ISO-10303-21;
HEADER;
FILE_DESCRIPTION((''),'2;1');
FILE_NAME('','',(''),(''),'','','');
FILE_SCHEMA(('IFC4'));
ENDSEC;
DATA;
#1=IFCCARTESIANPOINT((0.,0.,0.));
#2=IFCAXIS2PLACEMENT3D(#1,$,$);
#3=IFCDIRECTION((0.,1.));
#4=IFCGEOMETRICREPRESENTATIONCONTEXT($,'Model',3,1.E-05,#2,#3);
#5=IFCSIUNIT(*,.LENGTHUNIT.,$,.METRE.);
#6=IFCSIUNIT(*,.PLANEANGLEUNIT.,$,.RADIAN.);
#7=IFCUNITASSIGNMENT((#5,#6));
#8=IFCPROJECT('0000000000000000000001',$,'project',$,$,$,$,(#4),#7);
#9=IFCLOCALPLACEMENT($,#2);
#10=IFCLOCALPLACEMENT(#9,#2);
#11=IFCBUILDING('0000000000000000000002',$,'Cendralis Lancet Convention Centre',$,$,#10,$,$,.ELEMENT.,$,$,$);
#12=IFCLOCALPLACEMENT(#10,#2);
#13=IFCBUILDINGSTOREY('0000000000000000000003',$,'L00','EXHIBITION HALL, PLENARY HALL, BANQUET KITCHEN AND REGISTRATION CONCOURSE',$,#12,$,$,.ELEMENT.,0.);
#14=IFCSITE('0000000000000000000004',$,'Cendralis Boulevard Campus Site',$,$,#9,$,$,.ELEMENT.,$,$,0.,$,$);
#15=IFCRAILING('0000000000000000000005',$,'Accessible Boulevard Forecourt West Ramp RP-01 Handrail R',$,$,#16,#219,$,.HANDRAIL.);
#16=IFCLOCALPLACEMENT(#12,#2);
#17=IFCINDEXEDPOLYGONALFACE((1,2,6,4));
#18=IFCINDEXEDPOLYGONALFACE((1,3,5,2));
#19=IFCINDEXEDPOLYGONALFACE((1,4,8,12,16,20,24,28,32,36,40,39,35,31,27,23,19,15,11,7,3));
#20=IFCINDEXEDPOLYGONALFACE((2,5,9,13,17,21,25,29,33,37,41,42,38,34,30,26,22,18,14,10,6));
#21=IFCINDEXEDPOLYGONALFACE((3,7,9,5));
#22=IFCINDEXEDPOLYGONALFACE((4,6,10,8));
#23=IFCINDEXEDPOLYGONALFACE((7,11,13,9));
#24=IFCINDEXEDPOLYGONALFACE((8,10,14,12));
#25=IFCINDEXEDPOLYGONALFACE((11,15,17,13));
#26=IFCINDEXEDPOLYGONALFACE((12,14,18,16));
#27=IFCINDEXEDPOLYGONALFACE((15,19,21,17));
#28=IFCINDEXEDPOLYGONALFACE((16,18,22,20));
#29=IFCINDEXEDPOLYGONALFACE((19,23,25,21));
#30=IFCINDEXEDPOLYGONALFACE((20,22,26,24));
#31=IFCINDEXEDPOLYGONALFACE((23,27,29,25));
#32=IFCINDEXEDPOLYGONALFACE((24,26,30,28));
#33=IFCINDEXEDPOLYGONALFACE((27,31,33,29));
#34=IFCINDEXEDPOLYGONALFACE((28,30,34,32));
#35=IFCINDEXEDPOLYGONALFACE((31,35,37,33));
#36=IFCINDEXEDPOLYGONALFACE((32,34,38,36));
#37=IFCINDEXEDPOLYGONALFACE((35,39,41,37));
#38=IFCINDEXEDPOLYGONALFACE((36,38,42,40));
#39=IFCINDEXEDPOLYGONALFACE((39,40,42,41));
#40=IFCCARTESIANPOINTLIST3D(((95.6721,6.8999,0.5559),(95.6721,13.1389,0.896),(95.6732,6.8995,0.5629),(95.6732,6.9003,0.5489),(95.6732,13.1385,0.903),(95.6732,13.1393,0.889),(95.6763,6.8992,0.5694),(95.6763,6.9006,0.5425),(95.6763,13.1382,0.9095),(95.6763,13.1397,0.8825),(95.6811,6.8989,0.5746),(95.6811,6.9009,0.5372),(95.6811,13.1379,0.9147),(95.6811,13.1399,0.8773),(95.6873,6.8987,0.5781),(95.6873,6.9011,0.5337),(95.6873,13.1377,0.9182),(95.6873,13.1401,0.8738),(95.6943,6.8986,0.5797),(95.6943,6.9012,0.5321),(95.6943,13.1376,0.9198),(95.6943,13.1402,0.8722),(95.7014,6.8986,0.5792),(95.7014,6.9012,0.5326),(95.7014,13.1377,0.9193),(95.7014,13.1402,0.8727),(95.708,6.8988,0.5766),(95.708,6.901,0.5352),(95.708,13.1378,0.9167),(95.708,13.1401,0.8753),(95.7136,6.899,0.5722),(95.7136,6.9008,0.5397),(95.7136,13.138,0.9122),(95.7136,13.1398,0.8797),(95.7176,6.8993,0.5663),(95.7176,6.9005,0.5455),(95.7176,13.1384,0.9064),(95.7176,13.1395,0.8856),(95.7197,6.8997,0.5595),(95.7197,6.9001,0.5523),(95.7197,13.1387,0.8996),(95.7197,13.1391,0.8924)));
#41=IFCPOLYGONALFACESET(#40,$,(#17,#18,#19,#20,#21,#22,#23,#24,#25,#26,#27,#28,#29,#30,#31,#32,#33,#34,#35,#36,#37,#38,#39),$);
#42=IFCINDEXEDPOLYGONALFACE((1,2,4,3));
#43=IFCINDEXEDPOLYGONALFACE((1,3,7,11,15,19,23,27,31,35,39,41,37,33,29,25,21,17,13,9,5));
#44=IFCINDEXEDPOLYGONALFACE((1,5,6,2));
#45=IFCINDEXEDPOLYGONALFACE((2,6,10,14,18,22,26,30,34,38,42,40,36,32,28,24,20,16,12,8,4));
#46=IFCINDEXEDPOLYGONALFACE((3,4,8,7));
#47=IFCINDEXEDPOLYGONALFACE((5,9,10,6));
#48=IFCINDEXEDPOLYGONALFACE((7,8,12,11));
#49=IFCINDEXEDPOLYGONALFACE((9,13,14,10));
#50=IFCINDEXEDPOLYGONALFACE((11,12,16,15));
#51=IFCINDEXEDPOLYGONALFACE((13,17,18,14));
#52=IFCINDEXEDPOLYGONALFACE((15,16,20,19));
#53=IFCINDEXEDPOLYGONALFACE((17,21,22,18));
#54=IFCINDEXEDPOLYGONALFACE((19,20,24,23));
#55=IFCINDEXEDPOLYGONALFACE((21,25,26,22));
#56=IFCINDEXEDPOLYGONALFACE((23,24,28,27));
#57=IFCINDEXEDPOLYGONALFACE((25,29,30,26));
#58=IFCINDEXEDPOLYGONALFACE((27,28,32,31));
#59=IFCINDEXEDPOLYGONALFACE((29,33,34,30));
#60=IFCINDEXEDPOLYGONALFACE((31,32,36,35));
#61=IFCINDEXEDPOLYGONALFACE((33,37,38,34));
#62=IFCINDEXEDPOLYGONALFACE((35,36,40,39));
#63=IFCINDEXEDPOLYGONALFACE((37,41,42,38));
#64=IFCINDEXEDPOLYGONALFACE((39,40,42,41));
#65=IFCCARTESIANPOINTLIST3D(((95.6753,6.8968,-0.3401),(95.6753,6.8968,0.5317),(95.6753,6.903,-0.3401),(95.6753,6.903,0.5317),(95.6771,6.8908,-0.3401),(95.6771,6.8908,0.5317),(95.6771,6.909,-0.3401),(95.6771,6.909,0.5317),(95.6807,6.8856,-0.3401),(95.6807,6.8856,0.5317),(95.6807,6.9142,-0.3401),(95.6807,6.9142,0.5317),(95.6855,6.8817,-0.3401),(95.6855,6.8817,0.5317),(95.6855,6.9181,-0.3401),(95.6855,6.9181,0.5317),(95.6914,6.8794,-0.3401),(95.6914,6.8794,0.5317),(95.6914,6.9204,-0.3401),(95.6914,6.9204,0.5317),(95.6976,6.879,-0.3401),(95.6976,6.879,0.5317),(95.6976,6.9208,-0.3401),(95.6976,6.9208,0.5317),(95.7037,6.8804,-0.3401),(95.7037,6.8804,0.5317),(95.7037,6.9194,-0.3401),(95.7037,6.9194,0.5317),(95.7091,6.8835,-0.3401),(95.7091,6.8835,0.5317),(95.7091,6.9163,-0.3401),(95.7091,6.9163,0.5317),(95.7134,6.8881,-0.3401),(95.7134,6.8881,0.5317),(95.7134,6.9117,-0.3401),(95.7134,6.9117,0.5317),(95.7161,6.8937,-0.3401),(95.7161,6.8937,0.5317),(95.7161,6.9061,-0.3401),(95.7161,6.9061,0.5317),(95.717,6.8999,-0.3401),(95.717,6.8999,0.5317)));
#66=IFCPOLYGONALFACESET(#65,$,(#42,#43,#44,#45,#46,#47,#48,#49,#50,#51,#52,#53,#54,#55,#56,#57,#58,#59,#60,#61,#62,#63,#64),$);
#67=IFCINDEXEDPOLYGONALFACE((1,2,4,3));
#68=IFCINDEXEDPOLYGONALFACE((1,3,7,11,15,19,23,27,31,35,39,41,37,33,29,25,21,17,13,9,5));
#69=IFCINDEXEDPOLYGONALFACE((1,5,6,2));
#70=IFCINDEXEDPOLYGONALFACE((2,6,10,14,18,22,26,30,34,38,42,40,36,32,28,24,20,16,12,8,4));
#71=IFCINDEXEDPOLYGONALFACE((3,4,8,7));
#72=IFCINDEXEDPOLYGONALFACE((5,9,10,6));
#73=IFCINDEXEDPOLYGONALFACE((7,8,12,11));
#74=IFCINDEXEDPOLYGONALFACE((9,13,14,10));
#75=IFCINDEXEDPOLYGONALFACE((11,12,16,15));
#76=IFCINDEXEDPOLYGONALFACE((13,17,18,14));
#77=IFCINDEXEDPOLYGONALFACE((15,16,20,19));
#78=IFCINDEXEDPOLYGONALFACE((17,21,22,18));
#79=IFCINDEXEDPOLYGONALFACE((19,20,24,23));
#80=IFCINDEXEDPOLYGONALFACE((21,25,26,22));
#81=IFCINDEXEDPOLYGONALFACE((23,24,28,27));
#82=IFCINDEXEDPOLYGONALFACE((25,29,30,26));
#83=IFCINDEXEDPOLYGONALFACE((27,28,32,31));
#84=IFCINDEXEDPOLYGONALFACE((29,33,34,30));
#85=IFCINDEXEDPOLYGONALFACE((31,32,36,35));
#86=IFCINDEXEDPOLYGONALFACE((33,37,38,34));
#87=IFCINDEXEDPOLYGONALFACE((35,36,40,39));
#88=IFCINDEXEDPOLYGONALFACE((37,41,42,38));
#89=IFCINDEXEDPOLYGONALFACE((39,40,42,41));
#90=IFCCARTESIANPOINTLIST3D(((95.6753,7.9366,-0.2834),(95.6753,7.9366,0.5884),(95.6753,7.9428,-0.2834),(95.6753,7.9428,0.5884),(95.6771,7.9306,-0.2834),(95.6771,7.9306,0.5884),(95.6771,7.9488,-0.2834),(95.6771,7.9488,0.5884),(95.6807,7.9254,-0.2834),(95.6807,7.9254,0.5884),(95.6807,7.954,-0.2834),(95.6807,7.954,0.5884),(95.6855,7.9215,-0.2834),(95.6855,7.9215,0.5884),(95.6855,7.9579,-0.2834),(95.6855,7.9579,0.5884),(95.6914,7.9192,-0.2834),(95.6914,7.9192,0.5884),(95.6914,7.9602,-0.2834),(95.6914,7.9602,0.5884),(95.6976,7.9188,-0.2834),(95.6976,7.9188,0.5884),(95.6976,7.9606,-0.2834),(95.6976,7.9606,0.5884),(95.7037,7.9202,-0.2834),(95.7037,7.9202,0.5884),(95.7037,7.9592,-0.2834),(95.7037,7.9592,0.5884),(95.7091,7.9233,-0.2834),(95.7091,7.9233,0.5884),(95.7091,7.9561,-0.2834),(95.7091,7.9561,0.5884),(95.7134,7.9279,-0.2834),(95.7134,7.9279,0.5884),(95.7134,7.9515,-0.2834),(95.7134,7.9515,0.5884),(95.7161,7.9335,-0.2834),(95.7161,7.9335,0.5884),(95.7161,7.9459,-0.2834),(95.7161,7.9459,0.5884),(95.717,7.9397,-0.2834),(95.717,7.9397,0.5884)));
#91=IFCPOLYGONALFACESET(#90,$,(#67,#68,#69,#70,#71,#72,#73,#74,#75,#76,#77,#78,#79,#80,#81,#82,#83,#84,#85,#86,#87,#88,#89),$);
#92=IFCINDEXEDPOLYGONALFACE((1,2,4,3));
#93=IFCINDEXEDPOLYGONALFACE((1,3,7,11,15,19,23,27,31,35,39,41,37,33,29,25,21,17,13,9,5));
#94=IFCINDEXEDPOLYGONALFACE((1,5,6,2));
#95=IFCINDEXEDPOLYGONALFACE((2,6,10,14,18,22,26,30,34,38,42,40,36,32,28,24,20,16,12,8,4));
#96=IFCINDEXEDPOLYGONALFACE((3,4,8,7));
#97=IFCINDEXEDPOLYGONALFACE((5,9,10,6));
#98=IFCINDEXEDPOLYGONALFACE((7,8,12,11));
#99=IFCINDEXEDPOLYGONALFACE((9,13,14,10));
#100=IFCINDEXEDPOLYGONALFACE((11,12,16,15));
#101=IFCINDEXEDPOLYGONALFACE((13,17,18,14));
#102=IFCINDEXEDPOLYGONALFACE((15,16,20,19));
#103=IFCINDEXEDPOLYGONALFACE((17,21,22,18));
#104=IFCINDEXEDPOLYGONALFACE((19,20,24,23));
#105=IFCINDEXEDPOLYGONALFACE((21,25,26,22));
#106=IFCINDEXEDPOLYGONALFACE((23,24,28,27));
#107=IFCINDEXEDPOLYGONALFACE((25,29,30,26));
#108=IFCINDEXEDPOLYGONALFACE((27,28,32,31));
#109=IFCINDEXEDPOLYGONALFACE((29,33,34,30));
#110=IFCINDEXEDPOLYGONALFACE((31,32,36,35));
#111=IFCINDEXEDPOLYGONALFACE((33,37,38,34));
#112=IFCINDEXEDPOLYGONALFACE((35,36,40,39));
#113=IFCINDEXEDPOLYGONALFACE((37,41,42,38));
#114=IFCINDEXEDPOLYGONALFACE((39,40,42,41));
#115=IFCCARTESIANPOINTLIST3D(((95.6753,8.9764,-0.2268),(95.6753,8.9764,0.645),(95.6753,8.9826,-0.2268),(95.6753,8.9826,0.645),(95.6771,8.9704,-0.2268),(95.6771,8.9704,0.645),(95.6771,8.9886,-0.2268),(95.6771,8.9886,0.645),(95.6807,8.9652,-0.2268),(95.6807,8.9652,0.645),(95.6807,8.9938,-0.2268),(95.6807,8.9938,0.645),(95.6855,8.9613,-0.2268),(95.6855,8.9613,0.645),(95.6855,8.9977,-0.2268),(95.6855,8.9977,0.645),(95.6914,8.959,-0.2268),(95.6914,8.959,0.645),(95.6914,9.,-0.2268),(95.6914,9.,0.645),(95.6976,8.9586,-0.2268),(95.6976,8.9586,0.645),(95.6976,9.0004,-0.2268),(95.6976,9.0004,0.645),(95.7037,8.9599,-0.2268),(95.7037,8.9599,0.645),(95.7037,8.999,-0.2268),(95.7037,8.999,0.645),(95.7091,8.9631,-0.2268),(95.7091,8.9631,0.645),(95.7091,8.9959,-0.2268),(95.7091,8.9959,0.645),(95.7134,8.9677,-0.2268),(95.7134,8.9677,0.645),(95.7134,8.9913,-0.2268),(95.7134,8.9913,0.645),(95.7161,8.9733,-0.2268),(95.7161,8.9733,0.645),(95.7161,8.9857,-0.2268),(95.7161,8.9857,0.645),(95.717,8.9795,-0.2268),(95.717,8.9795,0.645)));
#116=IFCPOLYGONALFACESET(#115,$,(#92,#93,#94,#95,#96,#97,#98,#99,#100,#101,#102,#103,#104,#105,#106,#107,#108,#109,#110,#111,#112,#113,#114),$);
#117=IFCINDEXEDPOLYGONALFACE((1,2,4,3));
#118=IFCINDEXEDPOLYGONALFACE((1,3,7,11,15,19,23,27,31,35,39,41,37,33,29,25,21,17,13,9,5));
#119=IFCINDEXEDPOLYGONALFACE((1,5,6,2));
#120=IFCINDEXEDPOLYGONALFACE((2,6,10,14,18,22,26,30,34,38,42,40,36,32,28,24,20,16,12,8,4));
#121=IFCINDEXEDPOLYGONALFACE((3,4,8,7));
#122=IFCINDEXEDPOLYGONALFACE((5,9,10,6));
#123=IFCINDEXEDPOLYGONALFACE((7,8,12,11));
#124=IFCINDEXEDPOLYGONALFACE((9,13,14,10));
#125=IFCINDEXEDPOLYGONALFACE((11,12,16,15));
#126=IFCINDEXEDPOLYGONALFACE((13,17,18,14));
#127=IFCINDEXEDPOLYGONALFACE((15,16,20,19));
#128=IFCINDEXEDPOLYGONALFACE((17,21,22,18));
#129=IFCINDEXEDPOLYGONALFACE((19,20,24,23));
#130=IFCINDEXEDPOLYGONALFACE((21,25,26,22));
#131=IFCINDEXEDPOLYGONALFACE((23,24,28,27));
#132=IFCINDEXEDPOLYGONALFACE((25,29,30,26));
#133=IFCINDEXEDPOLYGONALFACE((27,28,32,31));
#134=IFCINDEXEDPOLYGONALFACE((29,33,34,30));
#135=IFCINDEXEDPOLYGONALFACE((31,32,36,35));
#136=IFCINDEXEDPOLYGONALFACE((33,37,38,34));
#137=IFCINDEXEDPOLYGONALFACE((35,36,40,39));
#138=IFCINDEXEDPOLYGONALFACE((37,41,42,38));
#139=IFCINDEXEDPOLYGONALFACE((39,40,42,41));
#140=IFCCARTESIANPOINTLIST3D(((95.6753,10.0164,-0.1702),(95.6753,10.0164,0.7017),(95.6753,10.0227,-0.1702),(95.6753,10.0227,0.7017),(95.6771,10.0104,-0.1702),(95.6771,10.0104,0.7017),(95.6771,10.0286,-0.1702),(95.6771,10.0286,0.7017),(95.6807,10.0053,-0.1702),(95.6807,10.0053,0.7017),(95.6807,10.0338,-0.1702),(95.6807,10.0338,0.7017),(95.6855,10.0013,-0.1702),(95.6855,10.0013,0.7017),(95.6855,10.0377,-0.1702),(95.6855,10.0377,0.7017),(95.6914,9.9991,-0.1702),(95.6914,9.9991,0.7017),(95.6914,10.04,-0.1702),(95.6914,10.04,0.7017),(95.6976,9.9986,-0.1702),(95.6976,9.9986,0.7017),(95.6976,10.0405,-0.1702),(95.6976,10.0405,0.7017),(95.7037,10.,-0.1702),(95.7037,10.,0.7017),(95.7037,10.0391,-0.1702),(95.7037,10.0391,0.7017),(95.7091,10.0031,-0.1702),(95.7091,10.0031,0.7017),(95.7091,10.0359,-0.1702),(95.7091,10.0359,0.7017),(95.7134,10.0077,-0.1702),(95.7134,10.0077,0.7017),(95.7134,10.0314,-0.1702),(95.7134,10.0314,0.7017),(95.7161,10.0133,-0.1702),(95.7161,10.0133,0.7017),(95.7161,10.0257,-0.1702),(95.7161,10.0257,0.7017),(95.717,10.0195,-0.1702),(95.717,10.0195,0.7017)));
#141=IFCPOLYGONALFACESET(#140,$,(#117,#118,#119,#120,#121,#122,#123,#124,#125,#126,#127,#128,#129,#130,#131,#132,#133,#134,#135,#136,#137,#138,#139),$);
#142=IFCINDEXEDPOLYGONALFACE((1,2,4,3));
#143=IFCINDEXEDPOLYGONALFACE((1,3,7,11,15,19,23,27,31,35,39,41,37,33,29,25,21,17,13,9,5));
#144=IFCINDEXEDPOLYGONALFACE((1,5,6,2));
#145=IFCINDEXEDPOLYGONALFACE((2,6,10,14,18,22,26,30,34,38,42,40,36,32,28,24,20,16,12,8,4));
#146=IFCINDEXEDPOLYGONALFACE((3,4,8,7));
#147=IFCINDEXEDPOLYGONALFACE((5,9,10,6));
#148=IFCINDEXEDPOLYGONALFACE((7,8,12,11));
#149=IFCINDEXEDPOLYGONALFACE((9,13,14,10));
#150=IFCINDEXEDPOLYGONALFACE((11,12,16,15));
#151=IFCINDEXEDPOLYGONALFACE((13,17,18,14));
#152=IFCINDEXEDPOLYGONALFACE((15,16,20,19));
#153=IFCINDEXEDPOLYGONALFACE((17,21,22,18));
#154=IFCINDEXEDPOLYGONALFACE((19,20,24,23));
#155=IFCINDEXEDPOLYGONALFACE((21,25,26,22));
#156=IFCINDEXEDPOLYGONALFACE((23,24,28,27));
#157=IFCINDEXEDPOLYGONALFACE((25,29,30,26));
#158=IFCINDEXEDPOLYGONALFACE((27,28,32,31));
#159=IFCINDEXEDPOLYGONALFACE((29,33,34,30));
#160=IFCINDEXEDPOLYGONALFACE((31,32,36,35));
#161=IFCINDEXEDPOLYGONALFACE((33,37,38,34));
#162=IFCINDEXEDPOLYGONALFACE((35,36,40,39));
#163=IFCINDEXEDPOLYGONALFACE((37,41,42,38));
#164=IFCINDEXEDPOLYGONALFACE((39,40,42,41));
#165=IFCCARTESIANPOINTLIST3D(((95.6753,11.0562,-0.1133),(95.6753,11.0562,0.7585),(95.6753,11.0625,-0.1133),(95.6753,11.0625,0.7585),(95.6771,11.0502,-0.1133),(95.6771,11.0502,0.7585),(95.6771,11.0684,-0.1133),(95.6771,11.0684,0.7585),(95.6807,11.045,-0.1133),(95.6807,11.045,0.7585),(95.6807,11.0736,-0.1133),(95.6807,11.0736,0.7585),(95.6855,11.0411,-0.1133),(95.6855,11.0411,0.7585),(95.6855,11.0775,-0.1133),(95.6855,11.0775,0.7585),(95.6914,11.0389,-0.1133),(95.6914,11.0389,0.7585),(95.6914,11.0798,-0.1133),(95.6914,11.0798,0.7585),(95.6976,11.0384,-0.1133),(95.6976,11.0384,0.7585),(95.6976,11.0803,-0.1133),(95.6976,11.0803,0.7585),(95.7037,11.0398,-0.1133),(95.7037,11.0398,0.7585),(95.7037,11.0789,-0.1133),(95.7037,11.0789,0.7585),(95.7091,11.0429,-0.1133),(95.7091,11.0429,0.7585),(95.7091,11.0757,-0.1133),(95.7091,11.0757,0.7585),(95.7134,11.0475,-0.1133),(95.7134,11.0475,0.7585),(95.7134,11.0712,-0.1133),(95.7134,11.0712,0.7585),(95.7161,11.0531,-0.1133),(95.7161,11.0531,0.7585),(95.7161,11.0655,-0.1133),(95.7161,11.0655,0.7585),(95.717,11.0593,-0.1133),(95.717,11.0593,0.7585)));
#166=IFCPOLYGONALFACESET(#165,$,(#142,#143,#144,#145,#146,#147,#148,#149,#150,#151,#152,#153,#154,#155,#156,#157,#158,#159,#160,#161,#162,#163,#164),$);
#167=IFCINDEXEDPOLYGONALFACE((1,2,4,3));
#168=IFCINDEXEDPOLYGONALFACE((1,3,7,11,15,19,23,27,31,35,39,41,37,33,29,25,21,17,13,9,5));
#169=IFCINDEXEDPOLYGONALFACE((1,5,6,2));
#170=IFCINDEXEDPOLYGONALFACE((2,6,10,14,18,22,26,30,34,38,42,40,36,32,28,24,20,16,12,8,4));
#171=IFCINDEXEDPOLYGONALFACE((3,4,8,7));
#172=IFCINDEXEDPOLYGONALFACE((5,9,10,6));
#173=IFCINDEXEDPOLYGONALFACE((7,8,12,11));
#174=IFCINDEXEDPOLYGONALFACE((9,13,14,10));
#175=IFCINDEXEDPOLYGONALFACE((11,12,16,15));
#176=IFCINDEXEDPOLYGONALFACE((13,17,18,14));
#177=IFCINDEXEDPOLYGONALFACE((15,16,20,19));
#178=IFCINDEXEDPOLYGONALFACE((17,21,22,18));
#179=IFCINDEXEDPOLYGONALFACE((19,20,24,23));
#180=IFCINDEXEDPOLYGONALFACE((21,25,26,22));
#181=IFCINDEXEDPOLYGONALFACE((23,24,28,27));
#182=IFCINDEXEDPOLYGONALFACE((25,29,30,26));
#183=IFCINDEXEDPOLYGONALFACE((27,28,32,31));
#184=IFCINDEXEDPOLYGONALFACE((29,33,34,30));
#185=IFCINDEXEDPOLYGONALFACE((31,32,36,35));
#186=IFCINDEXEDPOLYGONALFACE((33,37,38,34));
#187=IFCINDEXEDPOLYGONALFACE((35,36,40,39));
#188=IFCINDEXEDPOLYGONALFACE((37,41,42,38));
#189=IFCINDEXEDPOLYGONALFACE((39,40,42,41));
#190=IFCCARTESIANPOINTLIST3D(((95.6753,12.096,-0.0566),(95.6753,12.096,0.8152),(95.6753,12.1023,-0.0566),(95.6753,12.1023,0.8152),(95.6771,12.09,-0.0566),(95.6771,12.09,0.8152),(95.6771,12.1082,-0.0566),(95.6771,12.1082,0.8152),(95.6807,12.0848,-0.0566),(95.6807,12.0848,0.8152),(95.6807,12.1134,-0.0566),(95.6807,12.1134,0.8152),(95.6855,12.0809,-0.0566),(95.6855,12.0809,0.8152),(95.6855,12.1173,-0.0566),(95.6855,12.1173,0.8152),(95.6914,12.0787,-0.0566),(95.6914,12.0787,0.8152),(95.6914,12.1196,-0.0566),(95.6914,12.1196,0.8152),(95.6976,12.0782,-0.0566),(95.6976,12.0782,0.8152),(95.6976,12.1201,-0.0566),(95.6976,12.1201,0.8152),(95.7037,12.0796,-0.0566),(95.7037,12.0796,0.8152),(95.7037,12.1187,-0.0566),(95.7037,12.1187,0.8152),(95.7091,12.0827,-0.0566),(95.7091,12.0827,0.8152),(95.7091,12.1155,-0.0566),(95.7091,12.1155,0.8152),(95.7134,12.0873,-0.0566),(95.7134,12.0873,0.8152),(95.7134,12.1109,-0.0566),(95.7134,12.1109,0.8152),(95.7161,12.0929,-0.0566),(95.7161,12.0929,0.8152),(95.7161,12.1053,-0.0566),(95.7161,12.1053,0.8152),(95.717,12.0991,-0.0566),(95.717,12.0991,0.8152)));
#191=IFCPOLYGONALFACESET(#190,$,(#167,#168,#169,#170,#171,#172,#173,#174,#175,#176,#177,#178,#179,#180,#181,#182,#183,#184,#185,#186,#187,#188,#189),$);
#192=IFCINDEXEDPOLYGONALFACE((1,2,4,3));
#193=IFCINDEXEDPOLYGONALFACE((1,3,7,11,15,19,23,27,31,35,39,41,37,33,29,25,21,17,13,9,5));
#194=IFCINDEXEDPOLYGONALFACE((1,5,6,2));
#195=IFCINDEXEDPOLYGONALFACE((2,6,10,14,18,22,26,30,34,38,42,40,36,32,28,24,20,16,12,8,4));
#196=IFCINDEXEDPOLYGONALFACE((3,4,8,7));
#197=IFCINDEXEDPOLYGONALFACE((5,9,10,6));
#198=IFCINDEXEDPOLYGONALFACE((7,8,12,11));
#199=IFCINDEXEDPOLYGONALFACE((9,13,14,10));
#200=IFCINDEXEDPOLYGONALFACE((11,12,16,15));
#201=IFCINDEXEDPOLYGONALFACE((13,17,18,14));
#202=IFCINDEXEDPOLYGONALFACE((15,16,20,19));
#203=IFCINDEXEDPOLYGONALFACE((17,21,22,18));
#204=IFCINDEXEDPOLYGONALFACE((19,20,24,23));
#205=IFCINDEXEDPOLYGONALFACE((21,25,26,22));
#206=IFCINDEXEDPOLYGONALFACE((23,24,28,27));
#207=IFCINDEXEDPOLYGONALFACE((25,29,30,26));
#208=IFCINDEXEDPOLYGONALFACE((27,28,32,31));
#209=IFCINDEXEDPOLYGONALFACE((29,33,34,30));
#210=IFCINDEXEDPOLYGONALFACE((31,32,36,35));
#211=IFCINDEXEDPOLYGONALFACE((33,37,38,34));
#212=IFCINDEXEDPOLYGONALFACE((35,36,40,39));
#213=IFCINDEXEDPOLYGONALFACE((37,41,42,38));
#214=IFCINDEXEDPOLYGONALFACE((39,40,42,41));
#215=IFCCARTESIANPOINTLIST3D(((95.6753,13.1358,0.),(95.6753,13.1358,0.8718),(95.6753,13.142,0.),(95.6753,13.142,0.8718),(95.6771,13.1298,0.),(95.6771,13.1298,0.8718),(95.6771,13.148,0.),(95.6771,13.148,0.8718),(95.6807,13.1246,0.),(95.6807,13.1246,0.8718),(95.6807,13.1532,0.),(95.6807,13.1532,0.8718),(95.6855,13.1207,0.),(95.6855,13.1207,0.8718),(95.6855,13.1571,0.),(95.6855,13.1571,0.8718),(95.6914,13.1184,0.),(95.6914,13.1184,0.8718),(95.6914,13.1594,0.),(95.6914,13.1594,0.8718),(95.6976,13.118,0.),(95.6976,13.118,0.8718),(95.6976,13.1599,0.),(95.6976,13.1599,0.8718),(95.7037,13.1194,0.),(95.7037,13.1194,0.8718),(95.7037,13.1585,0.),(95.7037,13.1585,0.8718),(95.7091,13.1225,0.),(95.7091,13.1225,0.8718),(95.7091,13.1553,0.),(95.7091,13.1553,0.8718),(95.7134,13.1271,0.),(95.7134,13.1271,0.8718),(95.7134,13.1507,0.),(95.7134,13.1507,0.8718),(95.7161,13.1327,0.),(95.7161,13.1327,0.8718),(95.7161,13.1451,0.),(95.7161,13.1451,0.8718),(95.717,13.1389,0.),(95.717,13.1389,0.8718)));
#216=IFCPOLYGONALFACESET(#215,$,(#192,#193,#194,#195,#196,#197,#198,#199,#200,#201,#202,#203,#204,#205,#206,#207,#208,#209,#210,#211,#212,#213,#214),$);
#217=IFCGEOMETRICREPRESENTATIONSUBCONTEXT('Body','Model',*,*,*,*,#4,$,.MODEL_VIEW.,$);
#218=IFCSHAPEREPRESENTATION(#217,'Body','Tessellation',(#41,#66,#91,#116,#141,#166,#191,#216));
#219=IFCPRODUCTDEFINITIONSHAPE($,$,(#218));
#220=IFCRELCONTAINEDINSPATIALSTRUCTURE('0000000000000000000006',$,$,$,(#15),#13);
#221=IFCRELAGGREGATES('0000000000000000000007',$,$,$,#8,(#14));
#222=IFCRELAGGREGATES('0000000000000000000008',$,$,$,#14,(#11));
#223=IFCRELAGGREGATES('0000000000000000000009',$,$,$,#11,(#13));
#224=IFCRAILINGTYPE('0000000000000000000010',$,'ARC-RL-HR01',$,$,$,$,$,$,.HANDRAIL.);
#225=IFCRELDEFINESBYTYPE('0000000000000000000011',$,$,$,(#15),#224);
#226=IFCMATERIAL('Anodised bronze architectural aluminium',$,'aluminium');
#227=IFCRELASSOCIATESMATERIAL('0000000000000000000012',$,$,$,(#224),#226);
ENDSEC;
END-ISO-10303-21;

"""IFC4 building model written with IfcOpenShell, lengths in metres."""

from ifc_helpers import new_model, si_unit, direction, frame, origin, origin_2d, place, context, subcontext, project, spatial, circle, extrude, material, type_object, element, save


model = new_model("IFC4")

# Units and contexts
model_context = context("Model", 3, precision=1e-05, world=origin(), true_north=direction((0.0, 1.0)))
body_context = subcontext(model_context, "Body", "Model", "MODEL_VIEW")
ifc_project = project(units=[si_unit("LENGTHUNIT", "METRE"), si_unit("PLANEANGLEUNIT", "RADIAN")], contexts=[model_context])

# Site, building, storey
site_placement = place(None, origin())
site = spatial("IfcSite", under=ifc_project, at=site_placement, Name="Cendralis Boulevard Campus Site", CompositionType="ELEMENT", RefElevation=0.0)
building_placement = place(site_placement, origin())
building = spatial("IfcBuilding", under=site, at=building_placement, Name="Cendralis Lancet Convention Centre", CompositionType="ELEMENT")
storey_placement = place(building_placement, origin())
storey = spatial("IfcBuildingStorey", under=building, at=storey_placement, Name="L00", Description="EXHIBITION HALL, PLENARY HALL, BANQUET KITCHEN AND REGISTRATION CONCOURSE", CompositionType="ELEMENT", Elevation=0.0)

# Shared definitions
ifc_material_1 = material(Name="Anodised bronze architectural aluminium", Category="aluminium")

# Railing
railing_type = type_object("IfcRailingType", Name="ARC-RL-HR01", PredefinedType="HANDRAIL", material=ifc_material_1)
for number, where, name in (
    (1, (95.696, 6.8999, -0.3401), "Accessible Boulevard Forecourt West Ramp RP-01 Handrail R"),
):
    element("IfcRailing", number, at=place(storey_placement, frame(where)), inside=storey, type_object=railing_type, Name=name, PredefinedType="HANDRAIL", context=body_context, shape_type="SweptSolid", body=[
        extrude(circle(Radius=0.0239, at=origin_2d()), frame((0.0, 0.0, 0.896), z_axis=(0.0, 0.998518, 0.054429), x_axis=(-1.0, 0.0, 0.0)), (0.0, 0.0, 1.0), 6.2483),
        extrude(circle(Radius=0.021, at=origin_2d()), origin(), (0.0, 0.0, 1.0), 0.8718),
        extrude(circle(Radius=0.021, at=origin_2d()), frame((0.0, 1.0398, 0.0566)), (0.0, 0.0, 1.0), 0.8718),
        extrude(circle(Radius=0.021, at=origin_2d()), frame((0.0, 2.0796, 0.1133)), (0.0, 0.0, 1.0), 0.8718),
        extrude(circle(Radius=0.021, at=origin_2d()), frame((0.0, 3.1196, 0.1699)), (0.0, 0.0, 1.0), 0.8718),
        extrude(circle(Radius=0.021, at=origin_2d()), frame((0.0, 4.1594, 0.2268)), (0.0, 0.0, 1.0), 0.8718),
        extrude(circle(Radius=0.021, at=origin_2d()), frame((0.0, 5.1992, 0.2834)), (0.0, 0.0, 1.0), 0.8718),
        extrude(circle(Radius=0.021, at=origin_2d()), frame((0.0, 6.239, 0.3401)), (0.0, 0.0, 1.0), 0.8718),
    ])

save(model, "model.ifc")
